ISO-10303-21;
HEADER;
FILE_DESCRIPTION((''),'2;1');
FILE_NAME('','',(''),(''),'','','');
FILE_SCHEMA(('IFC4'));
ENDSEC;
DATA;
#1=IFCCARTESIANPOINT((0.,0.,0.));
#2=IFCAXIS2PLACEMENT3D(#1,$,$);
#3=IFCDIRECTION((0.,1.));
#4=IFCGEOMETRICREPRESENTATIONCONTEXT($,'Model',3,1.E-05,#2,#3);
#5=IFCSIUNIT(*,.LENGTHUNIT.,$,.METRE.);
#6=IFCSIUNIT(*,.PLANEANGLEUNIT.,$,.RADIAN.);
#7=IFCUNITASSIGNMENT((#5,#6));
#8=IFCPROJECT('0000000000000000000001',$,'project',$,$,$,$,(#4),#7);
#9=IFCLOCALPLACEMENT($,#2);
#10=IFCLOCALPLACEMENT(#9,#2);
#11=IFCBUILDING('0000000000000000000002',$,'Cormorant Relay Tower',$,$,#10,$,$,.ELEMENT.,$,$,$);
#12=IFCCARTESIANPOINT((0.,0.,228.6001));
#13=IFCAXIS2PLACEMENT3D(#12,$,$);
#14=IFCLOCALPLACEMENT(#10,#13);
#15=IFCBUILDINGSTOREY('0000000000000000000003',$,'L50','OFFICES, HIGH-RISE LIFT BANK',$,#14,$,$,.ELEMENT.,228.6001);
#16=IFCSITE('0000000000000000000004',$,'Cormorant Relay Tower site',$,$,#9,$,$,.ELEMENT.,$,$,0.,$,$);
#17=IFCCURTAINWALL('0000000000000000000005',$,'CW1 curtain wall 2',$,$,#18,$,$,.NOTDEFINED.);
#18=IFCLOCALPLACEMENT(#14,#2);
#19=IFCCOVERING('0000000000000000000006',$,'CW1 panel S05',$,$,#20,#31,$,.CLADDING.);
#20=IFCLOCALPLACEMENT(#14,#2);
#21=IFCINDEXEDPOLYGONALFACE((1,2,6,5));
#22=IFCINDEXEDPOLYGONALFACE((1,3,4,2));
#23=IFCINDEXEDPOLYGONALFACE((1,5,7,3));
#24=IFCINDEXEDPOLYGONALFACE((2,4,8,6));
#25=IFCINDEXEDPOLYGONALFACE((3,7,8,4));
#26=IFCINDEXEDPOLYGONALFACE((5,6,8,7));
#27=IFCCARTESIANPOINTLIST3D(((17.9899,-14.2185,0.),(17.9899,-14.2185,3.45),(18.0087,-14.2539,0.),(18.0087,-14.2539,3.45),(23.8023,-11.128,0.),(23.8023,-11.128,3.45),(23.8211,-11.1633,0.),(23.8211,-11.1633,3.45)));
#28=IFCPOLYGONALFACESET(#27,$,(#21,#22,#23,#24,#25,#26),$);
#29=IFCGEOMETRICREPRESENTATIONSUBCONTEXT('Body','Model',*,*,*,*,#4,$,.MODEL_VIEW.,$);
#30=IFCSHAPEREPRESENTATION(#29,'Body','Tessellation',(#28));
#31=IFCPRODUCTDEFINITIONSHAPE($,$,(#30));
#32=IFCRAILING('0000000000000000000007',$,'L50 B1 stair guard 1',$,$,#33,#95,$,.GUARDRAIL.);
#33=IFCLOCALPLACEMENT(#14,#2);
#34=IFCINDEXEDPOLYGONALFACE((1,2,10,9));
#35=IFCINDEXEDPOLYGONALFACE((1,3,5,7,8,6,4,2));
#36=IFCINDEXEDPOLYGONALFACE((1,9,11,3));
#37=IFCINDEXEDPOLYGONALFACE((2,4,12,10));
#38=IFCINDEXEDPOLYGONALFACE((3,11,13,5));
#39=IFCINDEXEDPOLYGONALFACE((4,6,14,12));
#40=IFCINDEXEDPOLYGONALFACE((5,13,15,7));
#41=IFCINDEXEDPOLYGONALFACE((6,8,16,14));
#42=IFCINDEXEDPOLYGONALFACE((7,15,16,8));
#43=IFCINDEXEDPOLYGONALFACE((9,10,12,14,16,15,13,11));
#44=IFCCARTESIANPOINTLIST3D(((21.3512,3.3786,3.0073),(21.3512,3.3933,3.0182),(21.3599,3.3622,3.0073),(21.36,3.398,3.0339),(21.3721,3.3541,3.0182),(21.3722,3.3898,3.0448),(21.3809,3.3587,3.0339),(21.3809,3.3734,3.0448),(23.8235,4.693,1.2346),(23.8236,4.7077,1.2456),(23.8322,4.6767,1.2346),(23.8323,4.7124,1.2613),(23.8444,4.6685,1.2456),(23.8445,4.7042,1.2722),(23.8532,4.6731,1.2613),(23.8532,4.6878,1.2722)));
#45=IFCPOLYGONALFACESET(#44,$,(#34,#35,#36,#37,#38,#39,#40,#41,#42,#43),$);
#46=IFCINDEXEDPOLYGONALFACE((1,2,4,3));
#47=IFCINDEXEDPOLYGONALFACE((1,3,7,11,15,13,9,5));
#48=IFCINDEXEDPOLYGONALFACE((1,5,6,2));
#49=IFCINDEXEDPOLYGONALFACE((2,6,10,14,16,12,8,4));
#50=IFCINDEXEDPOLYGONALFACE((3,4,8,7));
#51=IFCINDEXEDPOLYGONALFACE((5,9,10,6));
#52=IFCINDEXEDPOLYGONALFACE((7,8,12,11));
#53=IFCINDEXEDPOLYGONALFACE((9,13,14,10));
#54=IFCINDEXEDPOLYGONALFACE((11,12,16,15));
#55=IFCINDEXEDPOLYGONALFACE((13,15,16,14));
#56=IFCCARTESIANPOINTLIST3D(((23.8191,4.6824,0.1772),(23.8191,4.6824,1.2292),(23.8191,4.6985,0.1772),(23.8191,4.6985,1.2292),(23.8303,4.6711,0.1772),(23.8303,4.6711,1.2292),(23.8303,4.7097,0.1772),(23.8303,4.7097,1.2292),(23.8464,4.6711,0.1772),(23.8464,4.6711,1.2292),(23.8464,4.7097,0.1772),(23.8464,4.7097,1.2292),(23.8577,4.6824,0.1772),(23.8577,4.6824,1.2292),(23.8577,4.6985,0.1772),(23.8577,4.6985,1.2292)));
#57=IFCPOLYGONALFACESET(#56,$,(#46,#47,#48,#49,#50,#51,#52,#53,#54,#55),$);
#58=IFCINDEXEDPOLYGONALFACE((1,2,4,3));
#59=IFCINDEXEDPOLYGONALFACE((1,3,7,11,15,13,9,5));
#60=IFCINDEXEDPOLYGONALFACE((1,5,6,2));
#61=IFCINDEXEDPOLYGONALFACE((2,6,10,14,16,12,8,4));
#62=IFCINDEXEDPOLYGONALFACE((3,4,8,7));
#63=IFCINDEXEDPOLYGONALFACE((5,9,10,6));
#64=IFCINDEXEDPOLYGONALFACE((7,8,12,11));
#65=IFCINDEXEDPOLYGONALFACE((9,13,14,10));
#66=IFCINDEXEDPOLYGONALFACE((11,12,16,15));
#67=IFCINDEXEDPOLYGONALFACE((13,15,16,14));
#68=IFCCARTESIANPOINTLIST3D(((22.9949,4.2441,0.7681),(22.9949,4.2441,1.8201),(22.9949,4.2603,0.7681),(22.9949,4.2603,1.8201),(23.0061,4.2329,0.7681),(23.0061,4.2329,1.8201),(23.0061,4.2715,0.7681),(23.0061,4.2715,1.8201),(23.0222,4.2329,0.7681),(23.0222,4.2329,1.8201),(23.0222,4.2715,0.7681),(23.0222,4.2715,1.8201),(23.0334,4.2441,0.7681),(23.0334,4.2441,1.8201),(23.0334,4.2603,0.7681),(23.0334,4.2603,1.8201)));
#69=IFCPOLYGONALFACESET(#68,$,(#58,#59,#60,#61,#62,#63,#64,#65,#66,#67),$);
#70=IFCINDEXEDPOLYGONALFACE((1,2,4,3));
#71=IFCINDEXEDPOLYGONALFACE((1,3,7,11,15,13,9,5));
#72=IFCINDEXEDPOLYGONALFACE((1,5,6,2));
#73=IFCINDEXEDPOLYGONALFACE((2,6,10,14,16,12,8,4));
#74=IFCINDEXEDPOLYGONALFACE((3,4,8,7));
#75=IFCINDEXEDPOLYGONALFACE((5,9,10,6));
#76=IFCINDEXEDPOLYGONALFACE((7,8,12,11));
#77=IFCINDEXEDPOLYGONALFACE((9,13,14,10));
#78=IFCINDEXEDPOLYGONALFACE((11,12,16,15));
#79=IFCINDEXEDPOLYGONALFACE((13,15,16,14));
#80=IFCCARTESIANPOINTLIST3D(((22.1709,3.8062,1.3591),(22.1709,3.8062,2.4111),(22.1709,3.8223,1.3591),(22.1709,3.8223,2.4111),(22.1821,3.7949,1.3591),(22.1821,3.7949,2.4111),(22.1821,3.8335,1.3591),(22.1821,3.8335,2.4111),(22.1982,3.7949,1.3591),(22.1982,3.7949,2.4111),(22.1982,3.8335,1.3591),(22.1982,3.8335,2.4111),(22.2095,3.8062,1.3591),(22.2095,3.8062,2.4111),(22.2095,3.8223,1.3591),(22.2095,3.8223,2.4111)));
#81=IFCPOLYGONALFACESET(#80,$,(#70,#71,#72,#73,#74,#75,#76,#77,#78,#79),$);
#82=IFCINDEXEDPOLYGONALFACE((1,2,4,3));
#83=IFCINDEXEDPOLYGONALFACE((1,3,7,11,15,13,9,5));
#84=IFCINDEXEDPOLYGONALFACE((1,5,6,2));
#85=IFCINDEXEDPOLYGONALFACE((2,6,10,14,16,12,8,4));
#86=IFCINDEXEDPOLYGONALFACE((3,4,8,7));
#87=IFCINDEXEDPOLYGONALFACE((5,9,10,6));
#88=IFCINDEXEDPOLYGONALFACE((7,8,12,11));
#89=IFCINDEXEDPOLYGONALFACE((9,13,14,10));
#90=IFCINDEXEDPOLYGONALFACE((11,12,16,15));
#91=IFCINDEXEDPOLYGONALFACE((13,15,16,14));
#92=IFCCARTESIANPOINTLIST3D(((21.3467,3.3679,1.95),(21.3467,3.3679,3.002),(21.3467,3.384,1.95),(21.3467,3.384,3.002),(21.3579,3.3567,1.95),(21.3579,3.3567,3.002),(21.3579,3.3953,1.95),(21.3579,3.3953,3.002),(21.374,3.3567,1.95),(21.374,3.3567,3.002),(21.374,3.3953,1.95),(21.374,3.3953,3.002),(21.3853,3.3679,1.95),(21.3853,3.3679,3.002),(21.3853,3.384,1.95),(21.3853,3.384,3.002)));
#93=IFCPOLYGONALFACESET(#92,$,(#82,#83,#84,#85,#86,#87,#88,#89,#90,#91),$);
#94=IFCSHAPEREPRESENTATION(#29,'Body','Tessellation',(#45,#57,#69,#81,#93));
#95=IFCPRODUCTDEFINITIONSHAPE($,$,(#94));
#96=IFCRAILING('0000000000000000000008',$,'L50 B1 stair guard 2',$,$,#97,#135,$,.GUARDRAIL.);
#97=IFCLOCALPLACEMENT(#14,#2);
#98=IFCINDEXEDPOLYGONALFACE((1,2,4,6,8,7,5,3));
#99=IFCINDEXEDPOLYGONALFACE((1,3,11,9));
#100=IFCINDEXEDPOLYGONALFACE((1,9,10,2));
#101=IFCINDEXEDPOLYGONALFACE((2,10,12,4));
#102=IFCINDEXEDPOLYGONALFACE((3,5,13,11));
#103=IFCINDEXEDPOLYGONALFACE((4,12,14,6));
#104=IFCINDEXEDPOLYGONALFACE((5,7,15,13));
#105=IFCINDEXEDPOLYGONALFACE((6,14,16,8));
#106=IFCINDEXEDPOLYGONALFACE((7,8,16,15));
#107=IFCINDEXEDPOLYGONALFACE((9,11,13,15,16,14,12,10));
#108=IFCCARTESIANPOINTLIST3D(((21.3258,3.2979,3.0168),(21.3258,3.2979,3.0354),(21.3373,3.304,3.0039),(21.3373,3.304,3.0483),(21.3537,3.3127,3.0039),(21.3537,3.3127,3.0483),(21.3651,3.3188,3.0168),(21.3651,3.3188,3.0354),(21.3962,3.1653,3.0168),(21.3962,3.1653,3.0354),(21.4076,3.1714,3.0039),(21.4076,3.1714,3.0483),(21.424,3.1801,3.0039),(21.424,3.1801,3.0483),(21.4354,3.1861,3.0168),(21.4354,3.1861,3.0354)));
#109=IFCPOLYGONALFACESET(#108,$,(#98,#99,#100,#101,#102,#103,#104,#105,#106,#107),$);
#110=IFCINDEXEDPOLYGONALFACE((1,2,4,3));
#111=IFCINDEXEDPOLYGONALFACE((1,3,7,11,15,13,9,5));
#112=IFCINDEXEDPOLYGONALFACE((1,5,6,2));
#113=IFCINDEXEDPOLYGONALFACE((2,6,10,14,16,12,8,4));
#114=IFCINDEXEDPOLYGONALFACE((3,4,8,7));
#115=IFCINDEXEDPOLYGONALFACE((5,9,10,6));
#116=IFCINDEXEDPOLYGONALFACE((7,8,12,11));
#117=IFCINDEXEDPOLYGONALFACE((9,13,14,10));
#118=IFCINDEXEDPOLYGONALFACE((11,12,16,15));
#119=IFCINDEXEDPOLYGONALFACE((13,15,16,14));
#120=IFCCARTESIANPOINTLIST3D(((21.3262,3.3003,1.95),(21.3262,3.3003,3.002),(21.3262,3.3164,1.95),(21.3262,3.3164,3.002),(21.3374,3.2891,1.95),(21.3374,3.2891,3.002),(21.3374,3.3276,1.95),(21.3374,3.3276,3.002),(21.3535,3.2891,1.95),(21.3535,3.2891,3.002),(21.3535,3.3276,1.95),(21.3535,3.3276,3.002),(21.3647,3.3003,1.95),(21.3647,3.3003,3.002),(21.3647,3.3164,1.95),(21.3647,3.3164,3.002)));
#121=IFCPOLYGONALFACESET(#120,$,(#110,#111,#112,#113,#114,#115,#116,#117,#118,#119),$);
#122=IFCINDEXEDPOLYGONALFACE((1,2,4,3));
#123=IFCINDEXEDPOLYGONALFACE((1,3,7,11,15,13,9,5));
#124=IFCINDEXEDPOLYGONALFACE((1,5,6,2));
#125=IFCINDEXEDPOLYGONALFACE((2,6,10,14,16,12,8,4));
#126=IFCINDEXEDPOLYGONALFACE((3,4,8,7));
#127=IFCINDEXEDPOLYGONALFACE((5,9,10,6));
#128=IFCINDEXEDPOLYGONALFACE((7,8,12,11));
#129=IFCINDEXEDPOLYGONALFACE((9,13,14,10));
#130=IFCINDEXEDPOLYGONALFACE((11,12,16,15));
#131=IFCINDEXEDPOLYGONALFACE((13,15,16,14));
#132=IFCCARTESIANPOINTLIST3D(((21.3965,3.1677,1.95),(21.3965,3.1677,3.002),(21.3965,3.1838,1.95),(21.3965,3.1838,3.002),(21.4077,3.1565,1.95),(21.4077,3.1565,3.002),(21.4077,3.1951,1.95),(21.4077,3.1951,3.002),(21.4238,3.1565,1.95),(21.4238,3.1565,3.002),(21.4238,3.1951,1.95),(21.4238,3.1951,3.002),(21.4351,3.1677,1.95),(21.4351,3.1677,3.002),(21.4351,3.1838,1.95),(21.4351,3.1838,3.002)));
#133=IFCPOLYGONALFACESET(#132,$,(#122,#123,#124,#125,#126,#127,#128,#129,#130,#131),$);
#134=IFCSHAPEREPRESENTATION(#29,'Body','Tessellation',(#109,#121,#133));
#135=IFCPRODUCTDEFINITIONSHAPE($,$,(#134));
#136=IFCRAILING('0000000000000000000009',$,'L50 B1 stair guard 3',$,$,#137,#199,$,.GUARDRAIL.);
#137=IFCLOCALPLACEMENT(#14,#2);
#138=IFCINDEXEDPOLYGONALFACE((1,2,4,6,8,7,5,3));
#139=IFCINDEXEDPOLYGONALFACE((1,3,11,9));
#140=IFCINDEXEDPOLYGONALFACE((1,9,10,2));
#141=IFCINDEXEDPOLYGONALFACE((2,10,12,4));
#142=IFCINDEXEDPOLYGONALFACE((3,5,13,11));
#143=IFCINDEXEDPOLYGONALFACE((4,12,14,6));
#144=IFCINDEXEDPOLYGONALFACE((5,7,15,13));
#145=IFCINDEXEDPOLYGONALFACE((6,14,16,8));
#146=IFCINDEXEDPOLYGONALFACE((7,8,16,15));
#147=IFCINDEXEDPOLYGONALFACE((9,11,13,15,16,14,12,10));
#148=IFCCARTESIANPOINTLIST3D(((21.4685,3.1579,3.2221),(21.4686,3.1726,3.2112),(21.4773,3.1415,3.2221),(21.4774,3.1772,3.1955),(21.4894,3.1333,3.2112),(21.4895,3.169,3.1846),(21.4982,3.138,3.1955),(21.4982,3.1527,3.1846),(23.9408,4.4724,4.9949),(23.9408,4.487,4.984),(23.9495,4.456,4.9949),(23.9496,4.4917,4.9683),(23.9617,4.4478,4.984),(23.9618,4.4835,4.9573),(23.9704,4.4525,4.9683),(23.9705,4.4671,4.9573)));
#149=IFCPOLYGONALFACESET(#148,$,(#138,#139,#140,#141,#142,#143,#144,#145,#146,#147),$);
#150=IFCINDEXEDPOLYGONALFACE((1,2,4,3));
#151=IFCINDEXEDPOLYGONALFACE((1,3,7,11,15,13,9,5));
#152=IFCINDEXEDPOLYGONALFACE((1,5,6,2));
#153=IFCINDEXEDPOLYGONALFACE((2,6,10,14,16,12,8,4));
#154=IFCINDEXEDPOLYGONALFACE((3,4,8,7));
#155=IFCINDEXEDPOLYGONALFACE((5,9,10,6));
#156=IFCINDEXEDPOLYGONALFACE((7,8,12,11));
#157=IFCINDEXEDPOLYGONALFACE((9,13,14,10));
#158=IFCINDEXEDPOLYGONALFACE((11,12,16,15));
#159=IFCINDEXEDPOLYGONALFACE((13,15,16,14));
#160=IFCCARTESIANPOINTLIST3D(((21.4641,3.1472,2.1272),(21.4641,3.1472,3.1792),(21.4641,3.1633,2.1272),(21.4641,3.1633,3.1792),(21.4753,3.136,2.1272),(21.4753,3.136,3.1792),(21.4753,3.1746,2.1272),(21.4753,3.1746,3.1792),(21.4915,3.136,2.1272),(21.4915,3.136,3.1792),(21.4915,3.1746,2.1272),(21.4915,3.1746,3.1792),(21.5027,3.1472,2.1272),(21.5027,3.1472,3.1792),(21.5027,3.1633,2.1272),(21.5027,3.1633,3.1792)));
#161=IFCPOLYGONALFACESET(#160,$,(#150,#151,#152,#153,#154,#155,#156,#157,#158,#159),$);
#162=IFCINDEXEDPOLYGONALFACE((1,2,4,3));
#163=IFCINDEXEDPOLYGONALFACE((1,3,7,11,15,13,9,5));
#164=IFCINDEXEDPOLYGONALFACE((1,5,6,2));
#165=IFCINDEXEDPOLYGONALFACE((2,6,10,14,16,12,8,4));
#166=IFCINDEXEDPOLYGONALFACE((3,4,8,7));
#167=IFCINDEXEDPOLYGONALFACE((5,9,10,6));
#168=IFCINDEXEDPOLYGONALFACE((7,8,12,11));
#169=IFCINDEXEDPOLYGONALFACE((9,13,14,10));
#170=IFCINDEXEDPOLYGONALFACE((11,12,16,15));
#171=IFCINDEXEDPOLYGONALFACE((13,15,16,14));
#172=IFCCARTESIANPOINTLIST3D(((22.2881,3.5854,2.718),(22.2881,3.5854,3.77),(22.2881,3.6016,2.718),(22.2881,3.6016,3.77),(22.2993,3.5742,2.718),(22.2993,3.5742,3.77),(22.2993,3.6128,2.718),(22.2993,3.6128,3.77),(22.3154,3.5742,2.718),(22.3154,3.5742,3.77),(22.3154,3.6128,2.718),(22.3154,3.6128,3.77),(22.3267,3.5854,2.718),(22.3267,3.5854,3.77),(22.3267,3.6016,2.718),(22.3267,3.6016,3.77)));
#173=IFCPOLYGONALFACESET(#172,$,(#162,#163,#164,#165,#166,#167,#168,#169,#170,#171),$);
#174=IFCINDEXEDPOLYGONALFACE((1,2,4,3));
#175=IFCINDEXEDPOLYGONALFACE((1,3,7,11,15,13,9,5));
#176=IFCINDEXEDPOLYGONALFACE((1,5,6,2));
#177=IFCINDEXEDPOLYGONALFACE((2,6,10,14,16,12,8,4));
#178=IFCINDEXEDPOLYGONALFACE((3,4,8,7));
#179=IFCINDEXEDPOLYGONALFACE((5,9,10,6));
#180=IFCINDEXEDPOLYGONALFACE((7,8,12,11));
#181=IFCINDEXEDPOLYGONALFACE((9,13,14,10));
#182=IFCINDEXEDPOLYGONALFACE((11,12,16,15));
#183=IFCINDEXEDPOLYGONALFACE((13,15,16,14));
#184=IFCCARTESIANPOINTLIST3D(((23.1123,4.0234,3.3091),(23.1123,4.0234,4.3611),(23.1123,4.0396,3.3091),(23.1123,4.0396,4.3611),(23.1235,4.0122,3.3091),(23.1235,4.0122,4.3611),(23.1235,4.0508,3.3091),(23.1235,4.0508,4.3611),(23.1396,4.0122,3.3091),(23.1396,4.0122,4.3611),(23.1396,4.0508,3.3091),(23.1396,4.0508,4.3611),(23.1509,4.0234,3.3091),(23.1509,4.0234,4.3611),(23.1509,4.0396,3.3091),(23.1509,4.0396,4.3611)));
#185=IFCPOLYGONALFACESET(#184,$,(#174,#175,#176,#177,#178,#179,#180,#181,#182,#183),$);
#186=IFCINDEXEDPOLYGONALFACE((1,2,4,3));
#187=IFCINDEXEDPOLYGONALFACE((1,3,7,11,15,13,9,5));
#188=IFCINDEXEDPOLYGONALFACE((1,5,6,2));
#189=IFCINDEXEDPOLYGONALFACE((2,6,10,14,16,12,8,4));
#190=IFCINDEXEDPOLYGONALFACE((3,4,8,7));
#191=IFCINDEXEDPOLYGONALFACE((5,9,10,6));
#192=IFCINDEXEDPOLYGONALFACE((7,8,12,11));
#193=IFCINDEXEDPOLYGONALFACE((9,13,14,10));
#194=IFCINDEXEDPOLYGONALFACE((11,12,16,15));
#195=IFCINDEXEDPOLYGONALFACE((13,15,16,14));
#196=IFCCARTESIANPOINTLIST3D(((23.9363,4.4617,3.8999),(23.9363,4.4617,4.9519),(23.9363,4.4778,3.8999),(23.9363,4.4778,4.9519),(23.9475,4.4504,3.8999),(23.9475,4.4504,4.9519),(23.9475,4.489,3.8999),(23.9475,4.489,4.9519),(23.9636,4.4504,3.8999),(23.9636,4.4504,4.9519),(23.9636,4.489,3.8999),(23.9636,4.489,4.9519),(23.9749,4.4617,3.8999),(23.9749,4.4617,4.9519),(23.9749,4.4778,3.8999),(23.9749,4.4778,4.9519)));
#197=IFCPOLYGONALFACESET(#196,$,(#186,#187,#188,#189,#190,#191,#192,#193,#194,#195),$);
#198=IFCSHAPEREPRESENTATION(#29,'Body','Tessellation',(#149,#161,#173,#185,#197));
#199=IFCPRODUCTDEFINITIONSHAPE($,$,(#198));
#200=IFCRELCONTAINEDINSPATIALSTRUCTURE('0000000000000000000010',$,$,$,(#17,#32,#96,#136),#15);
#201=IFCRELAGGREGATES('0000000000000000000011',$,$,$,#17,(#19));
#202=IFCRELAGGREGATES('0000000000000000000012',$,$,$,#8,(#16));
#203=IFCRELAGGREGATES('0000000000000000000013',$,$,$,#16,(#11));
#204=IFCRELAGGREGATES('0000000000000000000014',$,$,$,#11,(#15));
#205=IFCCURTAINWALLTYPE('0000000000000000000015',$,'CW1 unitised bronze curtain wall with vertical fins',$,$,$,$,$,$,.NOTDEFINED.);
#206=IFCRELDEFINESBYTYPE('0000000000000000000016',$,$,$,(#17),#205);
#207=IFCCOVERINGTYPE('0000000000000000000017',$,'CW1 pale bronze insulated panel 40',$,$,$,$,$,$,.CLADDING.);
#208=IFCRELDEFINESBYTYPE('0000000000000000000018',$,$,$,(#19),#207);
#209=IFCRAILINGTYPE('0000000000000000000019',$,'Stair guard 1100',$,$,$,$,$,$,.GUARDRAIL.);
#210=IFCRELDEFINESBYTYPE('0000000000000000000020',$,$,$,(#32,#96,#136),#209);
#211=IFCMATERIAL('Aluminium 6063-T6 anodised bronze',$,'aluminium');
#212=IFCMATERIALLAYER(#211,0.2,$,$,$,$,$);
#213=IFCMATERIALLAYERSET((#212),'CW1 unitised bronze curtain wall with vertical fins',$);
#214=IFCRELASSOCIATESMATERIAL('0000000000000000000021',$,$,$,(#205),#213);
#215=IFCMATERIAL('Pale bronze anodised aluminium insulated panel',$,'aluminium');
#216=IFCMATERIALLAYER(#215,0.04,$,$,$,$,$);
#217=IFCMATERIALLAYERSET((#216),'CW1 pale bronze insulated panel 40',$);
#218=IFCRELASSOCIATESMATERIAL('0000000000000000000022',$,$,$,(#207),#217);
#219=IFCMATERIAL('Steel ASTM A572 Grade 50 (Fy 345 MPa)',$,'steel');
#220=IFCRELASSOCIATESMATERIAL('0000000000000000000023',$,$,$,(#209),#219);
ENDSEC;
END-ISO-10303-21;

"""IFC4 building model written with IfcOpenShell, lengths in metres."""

from ifc_helpers import new_model, si_unit, direction, frame, origin, origin_2d, place, context, subcontext, project, spatial, polyline, rectangle, outline, extrude, material, layer, layer_set, type_object, element, aggregate, save


model = new_model("IFC4")

# Units and contexts
model_context = context("Model", 3, precision=1e-05, world=origin(), true_north=direction((0.0, 1.0)))
body_context = subcontext(model_context, "Body", "Model", "MODEL_VIEW")
ifc_project = project(units=[si_unit("LENGTHUNIT", "METRE"), si_unit("PLANEANGLEUNIT", "RADIAN")], contexts=[model_context])

# Site, building, storey
site_placement = place(None, origin())
site = spatial("IfcSite", under=ifc_project, at=site_placement, Name="Cormorant Relay Tower site", CompositionType="ELEMENT", RefElevation=0.0)
building_placement = place(site_placement, origin())
building = spatial("IfcBuilding", under=site, at=building_placement, Name="Cormorant Relay Tower", CompositionType="ELEMENT")
storey_placement = place(building_placement, frame((0.0, 0.0, 228.6001)))
storey = spatial("IfcBuildingStorey", under=building, at=storey_placement, Name="L50", Description="OFFICES, HIGH-RISE LIFT BANK", CompositionType="ELEMENT", Elevation=228.6001)

# Curtain wall
ifc_material_1 = material(Name="Aluminium 6063-T6 anodised bronze", Category="aluminium")
ifc_layer_1 = layer(ifc_material_1, 0.2)
ifc_layer_set_1 = layer_set([ifc_layer_1], Name="CW1 unitised bronze curtain wall with vertical fins")
curtain_wall_type = type_object("IfcCurtainWallType", Name="CW1 unitised bronze curtain wall with vertical fins", PredefinedType="NOTDEFINED", material=ifc_layer_set_1)
curtain_wall_placement = place(storey_placement, origin())
curtain_wall = element("IfcCurtainWall", 1, at=curtain_wall_placement, inside=storey, type_object=curtain_wall_type, Name="CW1 curtain wall 2", PredefinedType="NOTDEFINED")

# Covering
ifc_material_2 = material(Name="Pale bronze anodised aluminium insulated panel", Category="aluminium")
ifc_layer_2 = layer(ifc_material_2, 0.04)
ifc_layer_set_2 = layer_set([ifc_layer_2], Name="CW1 pale bronze insulated panel 40")
covering_type = type_object("IfcCoveringType", Name="CW1 pale bronze insulated panel 40", PredefinedType="CLADDING", material=ifc_layer_set_2)
covering_placement = place(storey_placement, frame((20.9055, -12.6909, 0.0), z_axis=(0.0, 0.0, 1.0), x_axis=(0.882948, 0.469472, 0.0)))
covering = element("IfcCovering", 2, at=covering_placement, type_object=covering_type, Name="CW1 panel S05", PredefinedType="CLADDING", context=body_context, shape_type="SweptSolid", body=[
    extrude(rectangle(XDim=6.583, YDim=0.04, at=origin_2d()), origin(), (0.0, 0.0, 1.0), 3.45),
])
aggregate(curtain_wall, [covering])

# Railings
ifc_material_3 = material(Name="Steel ASTM A572 Grade 50 (Fy 345 MPa)", Category="steel")
railing_type_1 = type_object("IfcRailingType", Name="Stair guard 1100", PredefinedType="GUARDRAIL", material=ifc_material_3)
railing_1_placement = place(storey_placement, frame((23.8384, 4.6904, 0.1772)))
element("IfcRailing", 3, at=railing_1_placement, inside=storey, type_object=railing_type_1, Name="L50 B1 stair guard 1", PredefinedType="GUARDRAIL", context=body_context, shape_type="SweptSolid", body=[
    extrude(outline(polyline([(0.0222, 0.0093), (0.0093, 0.0222), (-0.0093, 0.0222), (-0.0222, 0.0093), (-0.0222, -0.0093), (-0.0093, -0.0222), (0.0093, -0.0222), (0.0222, -0.0093), (0.0222, 0.0093)])), frame((0.0, 0.0, 1.0762), z_axis=(-0.746034, -0.396627, 0.534902), x_axis=(0.469429, -0.88297, 0.0)), (0.0, 0.0, 1.0), 3.314),
    extrude(outline(polyline([(0.0193, 0.0081), (0.0081, 0.0193), (-0.0081, 0.0193), (-0.0193, 0.0081), (-0.0193, -0.0081), (-0.0081, -0.0193), (0.0081, -0.0193), (0.0193, -0.0081), (0.0193, 0.0081)])), origin(), (0.0, 0.0, 1.0), 1.052),
    extrude(outline(polyline([(0.0193, 0.0081), (0.0081, 0.0193), (-0.0081, 0.0193), (-0.0193, 0.0081), (-0.0193, -0.0081), (-0.0081, -0.0193), (0.0081, -0.0193), (0.0193, -0.0081), (0.0193, 0.0081)])), frame((-0.8242, -0.4382, 0.5908)), (0.0, 0.0, 1.0), 1.052),
    extrude(outline(polyline([(0.0193, 0.0081), (0.0081, 0.0193), (-0.0081, 0.0193), (-0.0193, 0.0081), (-0.0193, -0.0081), (-0.0081, -0.0193), (0.0081, -0.0193), (0.0193, -0.0081), (0.0193, 0.0081)])), frame((-1.6482, -0.8762, 1.1819)), (0.0, 0.0, 1.0), 1.052),
    extrude(outline(polyline([(0.0193, 0.0081), (0.0081, 0.0193), (-0.0081, 0.0193), (-0.0193, 0.0081), (-0.0193, -0.0081), (-0.0081, -0.0193), (0.0081, -0.0193), (0.0193, -0.0081), (0.0193, 0.0081)])), frame((-2.4724, -1.3145, 1.7727)), (0.0, 0.0, 1.0), 1.052),
])
railing_2_placement = place(storey_placement, frame((21.3455, 3.3083, 1.95)))
element("IfcRailing", 4, at=railing_2_placement, inside=storey, type_object=railing_type_1, Name="L50 B1 stair guard 2", PredefinedType="GUARDRAIL", context=body_context, shape_type="SweptSolid", body=[
    extrude(outline(polyline([(0.0222, 0.0093), (0.0093, 0.0222), (-0.0093, 0.0222), (-0.0222, 0.0093), (-0.0222, -0.0093), (-0.0093, -0.0222), (0.0093, -0.0222), (0.0222, -0.0093), (0.0222, 0.0093)])), frame((0.0, 0.0, 1.0762), z_axis=(0.46856, -0.883431, 0.0), x_axis=(0.883431, 0.46856, 0.0)), (0.0, 0.0, 1.0), 0.1501),
    extrude(outline(polyline([(0.0193, 0.0081), (0.0081, 0.0193), (-0.0081, 0.0193), (-0.0193, 0.0081), (-0.0193, -0.0081), (-0.0081, -0.0193), (0.0081, -0.0193), (0.0193, -0.0081), (0.0193, 0.0081)])), origin(), (0.0, 0.0, 1.0), 1.052),
    extrude(outline(polyline([(0.0193, 0.0081), (0.0081, 0.0193), (-0.0081, 0.0193), (-0.0193, 0.0081), (-0.0193, -0.0081), (-0.0081, -0.0193), (0.0081, -0.0193), (0.0193, -0.0081), (0.0193, 0.0081)])), frame((0.0703, -0.1326, 0.0)), (0.0, 0.0, 1.0), 1.052),
])
railing_3_placement = place(storey_placement, frame((21.4834, 3.1553, 2.1272)))
element("IfcRailing", 5, at=railing_3_placement, inside=storey, type_object=railing_type_1, Name="L50 B1 stair guard 3", PredefinedType="GUARDRAIL", context=body_context, shape_type="SweptSolid", body=[
    extrude(outline(polyline([(0.0222, 0.0093), (0.0093, 0.0222), (-0.0093, 0.0222), (-0.0222, 0.0093), (-0.0222, -0.0093), (-0.0093, -0.0222), (0.0093, -0.0222), (0.0222, -0.0093), (0.0222, 0.0093)])), frame((0.0, 0.0, 1.0762), z_axis=(0.746001, 0.396649, 0.534931), x_axis=(-0.469465, 0.882951, 0.0)), (0.0, 0.0, 1.0), 3.314),
    extrude(outline(polyline([(0.0193, 0.0081), (0.0081, 0.0193), (-0.0081, 0.0193), (-0.0193, 0.0081), (-0.0193, -0.0081), (-0.0081, -0.0193), (0.0081, -0.0193), (0.0193, -0.0081), (0.0193, 0.0081)])), origin(), (0.0, 0.0, 1.0), 1.052),
    extrude(outline(polyline([(0.0193, 0.0081), (0.0081, 0.0193), (-0.0081, 0.0193), (-0.0193, 0.0081), (-0.0193, -0.0081), (-0.0081, -0.0193), (0.0081, -0.0193), (0.0193, -0.0081), (0.0193, 0.0081)])), frame((0.824, 0.4382, 0.5908)), (0.0, 0.0, 1.0), 1.052),
    extrude(outline(polyline([(0.0193, 0.0081), (0.0081, 0.0193), (-0.0081, 0.0193), (-0.0193, 0.0081), (-0.0193, -0.0081), (-0.0081, -0.0193), (0.0081, -0.0193), (0.0193, -0.0081), (0.0193, 0.0081)])), frame((1.6482, 0.8762, 1.1819)), (0.0, 0.0, 1.0), 1.052),
    extrude(outline(polyline([(0.0193, 0.0081), (0.0081, 0.0193), (-0.0081, 0.0193), (-0.0193, 0.0081), (-0.0193, -0.0081), (-0.0081, -0.0193), (0.0081, -0.0193), (0.0193, -0.0081), (0.0193, 0.0081)])), frame((2.4722, 1.3145, 1.7727)), (0.0, 0.0, 1.0), 1.052),
])

save(model, "model.ifc")
